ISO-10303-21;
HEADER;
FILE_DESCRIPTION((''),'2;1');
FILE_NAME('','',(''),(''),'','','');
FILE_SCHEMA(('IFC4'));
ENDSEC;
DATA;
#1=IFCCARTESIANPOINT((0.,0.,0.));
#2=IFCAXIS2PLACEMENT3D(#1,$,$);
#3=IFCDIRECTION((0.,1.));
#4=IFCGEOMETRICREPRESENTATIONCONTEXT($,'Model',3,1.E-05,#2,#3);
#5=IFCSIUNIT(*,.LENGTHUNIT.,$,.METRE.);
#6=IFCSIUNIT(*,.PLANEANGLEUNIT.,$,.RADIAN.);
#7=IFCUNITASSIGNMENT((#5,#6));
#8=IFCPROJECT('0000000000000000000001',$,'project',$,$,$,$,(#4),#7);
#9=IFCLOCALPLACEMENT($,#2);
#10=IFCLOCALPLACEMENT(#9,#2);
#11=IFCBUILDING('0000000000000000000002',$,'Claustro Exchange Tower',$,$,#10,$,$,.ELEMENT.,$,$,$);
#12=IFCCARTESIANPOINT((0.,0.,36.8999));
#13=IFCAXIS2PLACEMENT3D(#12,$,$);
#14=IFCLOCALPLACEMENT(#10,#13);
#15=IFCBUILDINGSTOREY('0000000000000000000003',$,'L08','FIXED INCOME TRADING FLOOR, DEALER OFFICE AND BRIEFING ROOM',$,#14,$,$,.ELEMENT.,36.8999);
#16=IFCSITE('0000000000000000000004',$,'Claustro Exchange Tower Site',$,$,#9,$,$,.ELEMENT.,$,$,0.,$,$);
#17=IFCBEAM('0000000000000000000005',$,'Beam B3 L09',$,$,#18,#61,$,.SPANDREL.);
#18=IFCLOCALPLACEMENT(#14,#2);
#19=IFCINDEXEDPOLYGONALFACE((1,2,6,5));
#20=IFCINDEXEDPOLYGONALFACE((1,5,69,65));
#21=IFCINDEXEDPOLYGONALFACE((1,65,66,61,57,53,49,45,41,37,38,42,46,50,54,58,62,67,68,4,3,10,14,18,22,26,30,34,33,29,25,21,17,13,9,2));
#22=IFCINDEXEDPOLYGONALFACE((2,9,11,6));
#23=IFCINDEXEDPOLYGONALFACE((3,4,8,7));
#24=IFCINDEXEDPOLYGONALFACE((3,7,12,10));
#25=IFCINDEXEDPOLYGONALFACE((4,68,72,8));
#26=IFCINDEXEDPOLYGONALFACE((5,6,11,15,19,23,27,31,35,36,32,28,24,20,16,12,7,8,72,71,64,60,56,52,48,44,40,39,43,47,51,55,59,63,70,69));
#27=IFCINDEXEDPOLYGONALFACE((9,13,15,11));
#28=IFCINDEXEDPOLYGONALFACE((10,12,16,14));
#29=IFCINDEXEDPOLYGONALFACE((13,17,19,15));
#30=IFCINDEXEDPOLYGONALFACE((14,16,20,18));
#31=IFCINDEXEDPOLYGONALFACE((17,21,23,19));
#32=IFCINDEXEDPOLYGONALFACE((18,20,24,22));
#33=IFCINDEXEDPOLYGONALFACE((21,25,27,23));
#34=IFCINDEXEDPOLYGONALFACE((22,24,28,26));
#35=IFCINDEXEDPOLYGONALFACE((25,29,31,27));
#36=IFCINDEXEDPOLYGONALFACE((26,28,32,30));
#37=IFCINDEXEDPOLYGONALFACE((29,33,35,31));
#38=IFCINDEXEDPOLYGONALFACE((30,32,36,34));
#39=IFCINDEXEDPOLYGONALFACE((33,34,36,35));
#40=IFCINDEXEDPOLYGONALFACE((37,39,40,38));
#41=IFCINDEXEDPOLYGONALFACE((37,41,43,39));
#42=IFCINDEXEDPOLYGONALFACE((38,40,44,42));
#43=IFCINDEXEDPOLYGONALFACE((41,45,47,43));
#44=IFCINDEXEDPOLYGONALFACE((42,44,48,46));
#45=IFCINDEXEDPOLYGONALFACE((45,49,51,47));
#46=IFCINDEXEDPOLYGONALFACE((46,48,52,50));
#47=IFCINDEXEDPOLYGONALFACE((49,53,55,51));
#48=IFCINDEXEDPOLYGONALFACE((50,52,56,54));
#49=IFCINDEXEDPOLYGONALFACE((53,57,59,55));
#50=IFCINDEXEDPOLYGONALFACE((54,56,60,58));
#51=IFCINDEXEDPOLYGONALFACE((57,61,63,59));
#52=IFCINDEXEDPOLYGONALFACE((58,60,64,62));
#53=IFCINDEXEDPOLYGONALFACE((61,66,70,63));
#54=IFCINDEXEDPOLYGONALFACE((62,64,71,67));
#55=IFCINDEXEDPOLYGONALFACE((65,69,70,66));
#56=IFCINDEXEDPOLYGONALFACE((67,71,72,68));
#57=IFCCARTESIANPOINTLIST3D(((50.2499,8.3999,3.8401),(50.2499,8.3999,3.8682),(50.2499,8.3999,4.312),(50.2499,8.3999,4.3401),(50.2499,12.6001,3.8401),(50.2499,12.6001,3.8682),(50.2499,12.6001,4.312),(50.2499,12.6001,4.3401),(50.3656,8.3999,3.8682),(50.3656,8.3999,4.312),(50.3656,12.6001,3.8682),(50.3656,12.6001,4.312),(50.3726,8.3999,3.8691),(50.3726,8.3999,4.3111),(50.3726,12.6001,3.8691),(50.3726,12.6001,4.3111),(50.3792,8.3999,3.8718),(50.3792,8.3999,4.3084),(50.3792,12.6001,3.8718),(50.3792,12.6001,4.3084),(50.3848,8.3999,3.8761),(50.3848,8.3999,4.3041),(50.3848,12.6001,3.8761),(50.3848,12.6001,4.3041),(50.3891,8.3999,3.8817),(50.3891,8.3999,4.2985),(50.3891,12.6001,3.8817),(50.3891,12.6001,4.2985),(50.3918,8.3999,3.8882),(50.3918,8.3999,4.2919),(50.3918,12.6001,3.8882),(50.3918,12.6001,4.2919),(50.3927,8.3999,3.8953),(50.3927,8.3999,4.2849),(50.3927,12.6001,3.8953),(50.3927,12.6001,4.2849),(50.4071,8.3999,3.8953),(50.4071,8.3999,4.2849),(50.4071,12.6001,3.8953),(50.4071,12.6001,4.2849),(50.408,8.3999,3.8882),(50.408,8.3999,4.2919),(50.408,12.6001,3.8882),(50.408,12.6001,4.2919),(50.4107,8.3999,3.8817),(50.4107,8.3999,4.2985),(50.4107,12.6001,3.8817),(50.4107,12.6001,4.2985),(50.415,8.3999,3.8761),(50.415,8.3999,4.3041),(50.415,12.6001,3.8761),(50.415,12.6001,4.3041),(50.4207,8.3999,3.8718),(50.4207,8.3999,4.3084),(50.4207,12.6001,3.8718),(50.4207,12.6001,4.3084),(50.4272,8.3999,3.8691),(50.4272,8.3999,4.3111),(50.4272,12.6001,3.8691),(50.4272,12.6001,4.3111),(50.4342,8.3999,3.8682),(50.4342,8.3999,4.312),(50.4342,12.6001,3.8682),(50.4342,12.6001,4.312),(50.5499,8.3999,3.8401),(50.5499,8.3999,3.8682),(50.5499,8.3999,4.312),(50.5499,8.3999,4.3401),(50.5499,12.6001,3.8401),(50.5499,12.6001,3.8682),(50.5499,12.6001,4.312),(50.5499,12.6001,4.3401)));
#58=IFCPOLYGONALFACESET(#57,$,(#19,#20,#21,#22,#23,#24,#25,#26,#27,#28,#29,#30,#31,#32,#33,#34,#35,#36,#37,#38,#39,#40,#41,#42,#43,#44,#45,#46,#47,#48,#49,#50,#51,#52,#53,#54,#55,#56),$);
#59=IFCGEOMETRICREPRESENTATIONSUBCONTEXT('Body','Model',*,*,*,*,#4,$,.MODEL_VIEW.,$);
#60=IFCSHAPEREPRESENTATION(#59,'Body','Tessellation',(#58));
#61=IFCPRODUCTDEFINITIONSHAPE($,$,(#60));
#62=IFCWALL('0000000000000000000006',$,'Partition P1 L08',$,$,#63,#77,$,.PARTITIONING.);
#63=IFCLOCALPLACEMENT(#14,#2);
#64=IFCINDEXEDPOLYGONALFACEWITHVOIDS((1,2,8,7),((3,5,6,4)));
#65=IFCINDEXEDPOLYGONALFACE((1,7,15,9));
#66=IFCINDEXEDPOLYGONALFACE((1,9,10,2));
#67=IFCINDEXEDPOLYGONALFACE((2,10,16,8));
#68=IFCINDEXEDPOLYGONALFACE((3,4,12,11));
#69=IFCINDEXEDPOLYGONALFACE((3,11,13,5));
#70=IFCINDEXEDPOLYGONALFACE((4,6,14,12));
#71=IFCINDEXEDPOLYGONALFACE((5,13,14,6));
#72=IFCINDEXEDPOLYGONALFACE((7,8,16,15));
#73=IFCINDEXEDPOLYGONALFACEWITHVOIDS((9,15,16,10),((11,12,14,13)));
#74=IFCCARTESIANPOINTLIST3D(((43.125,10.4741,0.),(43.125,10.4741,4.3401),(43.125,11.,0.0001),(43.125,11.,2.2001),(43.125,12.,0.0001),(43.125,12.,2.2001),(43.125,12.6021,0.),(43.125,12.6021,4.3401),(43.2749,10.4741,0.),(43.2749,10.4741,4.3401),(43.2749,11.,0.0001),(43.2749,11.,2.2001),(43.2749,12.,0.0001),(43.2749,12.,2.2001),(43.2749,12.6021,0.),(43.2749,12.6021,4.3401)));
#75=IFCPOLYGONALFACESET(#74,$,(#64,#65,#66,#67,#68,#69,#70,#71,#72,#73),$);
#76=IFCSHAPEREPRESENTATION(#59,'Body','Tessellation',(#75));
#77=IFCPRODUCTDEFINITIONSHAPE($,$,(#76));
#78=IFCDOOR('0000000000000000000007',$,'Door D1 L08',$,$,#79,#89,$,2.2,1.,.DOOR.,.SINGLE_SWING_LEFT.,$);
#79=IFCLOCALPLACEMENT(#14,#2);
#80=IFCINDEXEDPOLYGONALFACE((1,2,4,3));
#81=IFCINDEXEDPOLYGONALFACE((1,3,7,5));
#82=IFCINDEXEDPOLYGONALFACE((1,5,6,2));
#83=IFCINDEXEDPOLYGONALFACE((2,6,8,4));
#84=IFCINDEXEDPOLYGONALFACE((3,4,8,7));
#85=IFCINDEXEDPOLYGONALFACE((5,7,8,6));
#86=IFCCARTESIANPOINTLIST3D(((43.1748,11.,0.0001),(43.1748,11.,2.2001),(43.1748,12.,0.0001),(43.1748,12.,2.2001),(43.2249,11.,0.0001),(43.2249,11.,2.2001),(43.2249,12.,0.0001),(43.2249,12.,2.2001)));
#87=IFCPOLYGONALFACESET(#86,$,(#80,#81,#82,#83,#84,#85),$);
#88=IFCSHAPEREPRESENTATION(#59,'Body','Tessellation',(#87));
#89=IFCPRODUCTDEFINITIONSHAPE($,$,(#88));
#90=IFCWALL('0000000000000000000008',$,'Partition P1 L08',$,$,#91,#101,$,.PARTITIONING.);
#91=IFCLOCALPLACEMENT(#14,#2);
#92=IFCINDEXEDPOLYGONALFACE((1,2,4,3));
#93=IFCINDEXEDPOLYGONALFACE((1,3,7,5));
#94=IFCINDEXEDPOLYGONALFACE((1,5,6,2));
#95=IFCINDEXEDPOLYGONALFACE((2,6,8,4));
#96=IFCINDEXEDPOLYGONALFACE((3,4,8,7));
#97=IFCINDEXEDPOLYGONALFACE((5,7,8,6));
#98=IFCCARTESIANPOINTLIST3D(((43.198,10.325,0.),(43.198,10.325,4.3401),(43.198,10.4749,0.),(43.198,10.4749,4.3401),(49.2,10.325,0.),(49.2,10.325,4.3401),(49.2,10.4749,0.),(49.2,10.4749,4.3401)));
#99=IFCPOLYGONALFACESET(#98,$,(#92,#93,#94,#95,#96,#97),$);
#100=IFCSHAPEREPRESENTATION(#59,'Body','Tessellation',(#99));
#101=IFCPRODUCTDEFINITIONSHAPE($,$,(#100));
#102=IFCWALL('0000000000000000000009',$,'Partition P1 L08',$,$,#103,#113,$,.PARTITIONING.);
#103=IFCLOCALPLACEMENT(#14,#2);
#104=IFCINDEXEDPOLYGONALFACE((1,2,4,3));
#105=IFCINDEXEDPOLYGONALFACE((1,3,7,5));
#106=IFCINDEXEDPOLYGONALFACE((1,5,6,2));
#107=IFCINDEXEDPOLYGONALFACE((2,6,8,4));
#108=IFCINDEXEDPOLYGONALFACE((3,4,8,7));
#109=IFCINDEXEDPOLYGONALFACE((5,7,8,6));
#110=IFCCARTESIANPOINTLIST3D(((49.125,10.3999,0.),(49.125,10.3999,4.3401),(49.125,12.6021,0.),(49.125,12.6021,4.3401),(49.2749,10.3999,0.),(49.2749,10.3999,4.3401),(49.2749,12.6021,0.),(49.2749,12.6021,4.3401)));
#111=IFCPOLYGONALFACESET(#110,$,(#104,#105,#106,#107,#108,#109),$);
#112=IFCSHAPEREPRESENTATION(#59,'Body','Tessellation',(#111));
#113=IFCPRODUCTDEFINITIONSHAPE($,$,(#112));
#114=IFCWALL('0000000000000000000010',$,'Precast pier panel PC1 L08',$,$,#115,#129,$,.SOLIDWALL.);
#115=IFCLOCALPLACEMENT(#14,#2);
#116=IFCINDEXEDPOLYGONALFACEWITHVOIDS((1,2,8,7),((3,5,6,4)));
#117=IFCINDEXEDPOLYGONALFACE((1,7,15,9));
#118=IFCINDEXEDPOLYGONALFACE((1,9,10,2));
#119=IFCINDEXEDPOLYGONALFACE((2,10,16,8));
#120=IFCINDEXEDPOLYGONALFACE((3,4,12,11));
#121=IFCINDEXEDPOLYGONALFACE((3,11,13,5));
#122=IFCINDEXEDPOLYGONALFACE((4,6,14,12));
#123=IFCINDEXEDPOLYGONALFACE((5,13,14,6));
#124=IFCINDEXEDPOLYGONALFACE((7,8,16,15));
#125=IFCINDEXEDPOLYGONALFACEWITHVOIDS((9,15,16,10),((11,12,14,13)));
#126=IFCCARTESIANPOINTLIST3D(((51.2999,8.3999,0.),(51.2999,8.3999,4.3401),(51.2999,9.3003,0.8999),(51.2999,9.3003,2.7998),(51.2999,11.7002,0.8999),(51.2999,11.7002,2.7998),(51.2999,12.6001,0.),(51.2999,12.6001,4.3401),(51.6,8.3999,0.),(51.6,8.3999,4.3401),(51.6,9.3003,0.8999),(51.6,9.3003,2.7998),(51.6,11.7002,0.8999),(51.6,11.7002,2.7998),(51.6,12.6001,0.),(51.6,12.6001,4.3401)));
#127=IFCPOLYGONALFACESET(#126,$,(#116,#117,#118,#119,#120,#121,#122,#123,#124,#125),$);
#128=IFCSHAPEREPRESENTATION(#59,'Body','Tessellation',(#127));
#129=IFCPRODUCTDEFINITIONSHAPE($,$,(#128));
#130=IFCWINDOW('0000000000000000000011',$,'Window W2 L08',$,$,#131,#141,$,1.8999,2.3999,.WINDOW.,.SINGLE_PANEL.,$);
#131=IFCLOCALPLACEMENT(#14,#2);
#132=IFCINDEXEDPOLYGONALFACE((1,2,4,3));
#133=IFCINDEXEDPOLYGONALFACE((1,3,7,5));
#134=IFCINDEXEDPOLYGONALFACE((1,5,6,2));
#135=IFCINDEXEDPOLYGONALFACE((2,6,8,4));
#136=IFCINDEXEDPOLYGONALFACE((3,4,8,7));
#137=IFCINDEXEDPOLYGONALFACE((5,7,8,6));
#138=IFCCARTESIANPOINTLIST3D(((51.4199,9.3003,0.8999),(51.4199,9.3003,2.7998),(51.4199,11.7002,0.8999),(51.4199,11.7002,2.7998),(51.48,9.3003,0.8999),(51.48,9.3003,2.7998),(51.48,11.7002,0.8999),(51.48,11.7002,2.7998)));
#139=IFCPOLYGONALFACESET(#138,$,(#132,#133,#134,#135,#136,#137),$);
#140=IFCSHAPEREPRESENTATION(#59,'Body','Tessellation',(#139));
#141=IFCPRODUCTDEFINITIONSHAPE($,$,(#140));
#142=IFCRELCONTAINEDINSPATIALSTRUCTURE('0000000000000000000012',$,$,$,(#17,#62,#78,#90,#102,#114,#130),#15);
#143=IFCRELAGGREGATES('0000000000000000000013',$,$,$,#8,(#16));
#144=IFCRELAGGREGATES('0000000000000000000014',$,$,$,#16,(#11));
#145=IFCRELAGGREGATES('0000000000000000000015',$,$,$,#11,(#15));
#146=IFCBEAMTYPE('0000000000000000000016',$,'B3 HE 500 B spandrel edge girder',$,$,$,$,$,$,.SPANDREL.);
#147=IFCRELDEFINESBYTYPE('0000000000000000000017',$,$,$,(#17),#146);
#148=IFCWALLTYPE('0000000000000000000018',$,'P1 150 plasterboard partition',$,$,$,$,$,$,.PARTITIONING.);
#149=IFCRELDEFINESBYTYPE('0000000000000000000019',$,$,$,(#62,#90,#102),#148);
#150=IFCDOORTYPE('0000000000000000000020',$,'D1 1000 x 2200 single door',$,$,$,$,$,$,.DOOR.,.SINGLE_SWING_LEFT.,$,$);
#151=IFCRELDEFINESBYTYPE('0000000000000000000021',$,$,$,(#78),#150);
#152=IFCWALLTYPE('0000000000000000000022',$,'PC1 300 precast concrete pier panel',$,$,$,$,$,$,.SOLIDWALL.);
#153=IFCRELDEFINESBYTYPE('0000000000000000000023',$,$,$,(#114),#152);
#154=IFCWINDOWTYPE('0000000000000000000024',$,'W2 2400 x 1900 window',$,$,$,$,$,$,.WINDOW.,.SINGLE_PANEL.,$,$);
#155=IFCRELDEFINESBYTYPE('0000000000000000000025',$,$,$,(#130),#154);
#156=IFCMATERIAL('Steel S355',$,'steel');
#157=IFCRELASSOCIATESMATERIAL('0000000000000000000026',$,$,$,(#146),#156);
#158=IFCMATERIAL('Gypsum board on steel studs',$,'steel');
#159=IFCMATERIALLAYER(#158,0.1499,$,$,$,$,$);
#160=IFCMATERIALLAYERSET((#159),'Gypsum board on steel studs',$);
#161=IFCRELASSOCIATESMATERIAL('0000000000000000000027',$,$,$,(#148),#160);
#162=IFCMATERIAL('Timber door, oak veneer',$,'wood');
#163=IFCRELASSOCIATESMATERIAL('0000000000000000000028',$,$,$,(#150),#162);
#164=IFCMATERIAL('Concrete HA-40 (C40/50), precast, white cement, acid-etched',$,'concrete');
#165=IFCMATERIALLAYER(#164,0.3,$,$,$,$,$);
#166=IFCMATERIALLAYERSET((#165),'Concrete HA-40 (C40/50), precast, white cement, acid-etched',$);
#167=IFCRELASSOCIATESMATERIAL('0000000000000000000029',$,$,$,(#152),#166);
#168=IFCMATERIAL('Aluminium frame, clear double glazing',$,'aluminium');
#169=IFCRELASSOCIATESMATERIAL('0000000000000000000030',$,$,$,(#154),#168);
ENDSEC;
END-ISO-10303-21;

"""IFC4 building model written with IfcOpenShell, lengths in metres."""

from ifc_helpers import new_model, si_unit, direction, frame, frame_2d, origin, origin_2d, place, context, subcontext, project, spatial, rectangle, i_section, extrude, material, layer, layer_set, material_profile, profile_set, type_object, element, fill, save


model = new_model("IFC4")

# Units and contexts
model_context = context("Model", 3, precision=1e-05, world=origin(), true_north=direction((0.0, 1.0)))
body_context = subcontext(model_context, "Body", "Model", "MODEL_VIEW")
ifc_project = project(units=[si_unit("LENGTHUNIT", "METRE"), si_unit("PLANEANGLEUNIT", "RADIAN")], contexts=[model_context])

# Site, building, storey
site_placement = place(None, origin())
site = spatial("IfcSite", under=ifc_project, at=site_placement, Name="Claustro Exchange Tower Site", CompositionType="ELEMENT", RefElevation=0.0)
building_placement = place(site_placement, origin())
building = spatial("IfcBuilding", under=site, at=building_placement, Name="Claustro Exchange Tower", CompositionType="ELEMENT")
storey_placement = place(building_placement, frame((0.0, 0.0, 36.8999)))
storey = spatial("IfcBuildingStorey", under=building, at=storey_placement, Name="L08", Description="FIXED INCOME TRADING FLOOR, DEALER OFFICE AND BRIEFING ROOM", CompositionType="ELEMENT", Elevation=36.8999)

# Beam
ifc_material_1 = material(Name="Steel S355", Category="steel")
ifc_material_profile = material_profile(ifc_material_1, i_section(OverallWidth=0.3, OverallDepth=0.5, WebThickness=0.0144, FlangeThickness=0.0281, FilletRadius=0.0271, at=origin_2d()), Name="HE 500 B")
ifc_profile_set = profile_set([ifc_material_profile], Name="Steel S355")
beam_type = type_object("IfcBeamType", Name="B3 HE 500 B spandrel edge girder", PredefinedType="SPANDREL", material=ifc_profile_set)
beam_placement = place(storey_placement, frame((50.3999, 8.3999, 4.0901), z_axis=(0.0, 1.0, 0.0), x_axis=(-1.0, 0.0, 0.0)))
element("IfcBeam", 1, at=beam_placement, inside=storey, type_object=beam_type, Name="Beam B3 L09", PredefinedType="SPANDREL", context=body_context, shape_type="SweptSolid", body=[
    extrude(i_section(OverallWidth=0.3, OverallDepth=0.5, WebThickness=0.0144, FlangeThickness=0.0281, FilletRadius=0.0271, at=origin_2d()), origin(), (0.0, 0.0, 1.0), 4.2002),
])

# Wall, opening, door
ifc_material_2 = material(Name="Gypsum board on steel studs", Category="steel")
ifc_layer_1 = layer(ifc_material_2, 0.1499)
ifc_layer_set_1 = layer_set([ifc_layer_1], Name="Gypsum board on steel studs")
wall_type_1 = type_object("IfcWallType", Name="P1 150 plasterboard partition", PredefinedType="PARTITIONING", material=ifc_layer_set_1)
wall_1_placement = place(storey_placement, frame((43.2, 10.4741, 0.0), z_axis=(0.0, 0.0, 1.0), x_axis=(0.0, 1.0, 0.0)))
wall_1 = element("IfcWall", 2, at=wall_1_placement, inside=storey, type_object=wall_type_1, Name="Partition P1 L08", PredefinedType="PARTITIONING", context=body_context, shape_type="SweptSolid", body=[
    extrude(rectangle(XDim=2.1279, YDim=0.1499, at=frame_2d((1.064, 0.0))), origin(), (0.0, 0.0, 1.0), 4.3401),
])
opening_1_placement = place(wall_1_placement, frame((0.5259, 0.0, 0.0)))
opening_1 = element("IfcOpeningElement", 3, at=opening_1_placement, cuts=wall_1, PredefinedType="OPENING", context=body_context, shape_type="SweptSolid", body=[
    extrude(rectangle(XDim=1.0, YDim=2.2, at=frame_2d((0.5, 1.1001))), frame((0.0, 0.085, 0.0), z_axis=(0.0, -1.0, 0.0), x_axis=(1.0, 0.0, 0.0)), (0.0, 0.0, 1.0), 0.1699),
])
ifc_material_3 = material(Name="Timber door, oak veneer", Category="wood")
door_type_1 = type_object("IfcDoorType", Name="D1 1000 x 2200 single door", OperationType="SINGLE_SWING_LEFT", PredefinedType="DOOR", material=ifc_material_3)
door_1_placement = place(opening_1_placement, frame((1.0, 0.0, 0.0), z_axis=(0.0, 0.0, 1.0), x_axis=(-1.0, 0.0, 0.0)))
door_1 = element("IfcDoor", 4, at=door_1_placement, inside=storey, type_object=door_type_1, Name="Door D1 L08", OperationType="SINGLE_SWING_LEFT", OverallHeight=2.2, OverallWidth=1.0, PredefinedType="DOOR", context=body_context, shape_type="SweptSolid", body=[
    extrude(rectangle(XDim=1.0, YDim=2.2, at=frame_2d((0.5, 1.1001))), frame((0.0, 0.0249, 0.0), z_axis=(0.0, -1.0, 0.0), x_axis=(1.0, 0.0, 0.0)), (0.0, 0.0, 1.0), 0.05),
])
fill(opening_1, door_1)

# Walls
wall_2_placement = place(storey_placement, frame((43.198, 10.3999, 0.0), z_axis=(0.0, 0.0, 1.0), x_axis=(1.0, 0.0, 0.0)))
element("IfcWall", 5, at=wall_2_placement, inside=storey, type_object=wall_type_1, Name="Partition P1 L08", PredefinedType="PARTITIONING", context=body_context, shape_type="SweptSolid", body=[
    extrude(rectangle(XDim=6.002, YDim=0.1499, at=frame_2d((3.001, 0.0))), origin(), (0.0, 0.0, 1.0), 4.3401),
])
wall_3_placement = place(storey_placement, frame((49.2, 10.3999, 0.0), z_axis=(0.0, 0.0, 1.0), x_axis=(0.0, 1.0, 0.0)))
element("IfcWall", 6, at=wall_3_placement, inside=storey, type_object=wall_type_1, Name="Partition P1 L08", PredefinedType="PARTITIONING", context=body_context, shape_type="SweptSolid", body=[
    extrude(rectangle(XDim=2.2021, YDim=0.1499, at=frame_2d((1.1011, 0.0))), origin(), (0.0, 0.0, 1.0), 4.3401),
])

# Wall, opening, window
ifc_material_4 = material(Name="Concrete HA-40 (C40/50), precast, white cement, acid-etched", Category="concrete")
ifc_layer_2 = layer(ifc_material_4, 0.3)
ifc_layer_set_2 = layer_set([ifc_layer_2], Name="Concrete HA-40 (C40/50), precast, white cement, acid-etched")
wall_type_2 = type_object("IfcWallType", Name="PC1 300 precast concrete pier panel", PredefinedType="SOLIDWALL", material=ifc_layer_set_2)
wall_4_placement = place(storey_placement, frame((51.45, 12.6001, 0.0), z_axis=(0.0, 0.0, 1.0), x_axis=(0.0, -1.0, 0.0)))
wall_4 = element("IfcWall", 7, at=wall_4_placement, inside=storey, type_object=wall_type_2, Name="Precast pier panel PC1 L08", PredefinedType="SOLIDWALL", context=body_context, shape_type="SweptSolid", body=[
    extrude(rectangle(XDim=4.2002, YDim=0.3, at=frame_2d((2.1001, 0.0))), origin(), (0.0, 0.0, 1.0), 4.3401),
])
opening_2_placement = place(wall_4_placement, frame((0.8999, 0.0, 0.8999)))
opening_2 = element("IfcOpeningElement", 8, at=opening_2_placement, cuts=wall_4, PredefinedType="OPENING", context=body_context, shape_type="SweptSolid", body=[
    extrude(rectangle(XDim=2.3999, YDim=1.8999, at=frame_2d((1.2, 0.95))), frame((0.0, 0.1599, 0.0), z_axis=(0.0, -1.0, 0.0), x_axis=(1.0, 0.0, 0.0)), (0.0, 0.0, 1.0), 0.3201),
])
ifc_material_5 = material(Name="Aluminium frame, clear double glazing", Category="aluminium")
window_type_1 = type_object("IfcWindowType", Name="W2 2400 x 1900 window", PartitioningType="SINGLE_PANEL", PredefinedType="WINDOW", material=ifc_material_5)
window_1_placement = place(opening_2_placement, origin())
window_1 = element("IfcWindow", 9, at=window_1_placement, inside=storey, type_object=window_type_1, Name="Window W2 L08", OverallHeight=1.8999, OverallWidth=2.3999, PartitioningType="SINGLE_PANEL", PredefinedType="WINDOW", context=body_context, shape_type="SweptSolid", body=[
    extrude(rectangle(XDim=2.3999, YDim=1.8999, at=frame_2d((1.2, 0.95))), frame((0.0, 0.03, 0.0), z_axis=(0.0, -1.0, 0.0), x_axis=(1.0, 0.0, 0.0)), (0.0, 0.0, 1.0), 0.0601),
])
fill(opening_2, window_1)

save(model, "model.ifc")
